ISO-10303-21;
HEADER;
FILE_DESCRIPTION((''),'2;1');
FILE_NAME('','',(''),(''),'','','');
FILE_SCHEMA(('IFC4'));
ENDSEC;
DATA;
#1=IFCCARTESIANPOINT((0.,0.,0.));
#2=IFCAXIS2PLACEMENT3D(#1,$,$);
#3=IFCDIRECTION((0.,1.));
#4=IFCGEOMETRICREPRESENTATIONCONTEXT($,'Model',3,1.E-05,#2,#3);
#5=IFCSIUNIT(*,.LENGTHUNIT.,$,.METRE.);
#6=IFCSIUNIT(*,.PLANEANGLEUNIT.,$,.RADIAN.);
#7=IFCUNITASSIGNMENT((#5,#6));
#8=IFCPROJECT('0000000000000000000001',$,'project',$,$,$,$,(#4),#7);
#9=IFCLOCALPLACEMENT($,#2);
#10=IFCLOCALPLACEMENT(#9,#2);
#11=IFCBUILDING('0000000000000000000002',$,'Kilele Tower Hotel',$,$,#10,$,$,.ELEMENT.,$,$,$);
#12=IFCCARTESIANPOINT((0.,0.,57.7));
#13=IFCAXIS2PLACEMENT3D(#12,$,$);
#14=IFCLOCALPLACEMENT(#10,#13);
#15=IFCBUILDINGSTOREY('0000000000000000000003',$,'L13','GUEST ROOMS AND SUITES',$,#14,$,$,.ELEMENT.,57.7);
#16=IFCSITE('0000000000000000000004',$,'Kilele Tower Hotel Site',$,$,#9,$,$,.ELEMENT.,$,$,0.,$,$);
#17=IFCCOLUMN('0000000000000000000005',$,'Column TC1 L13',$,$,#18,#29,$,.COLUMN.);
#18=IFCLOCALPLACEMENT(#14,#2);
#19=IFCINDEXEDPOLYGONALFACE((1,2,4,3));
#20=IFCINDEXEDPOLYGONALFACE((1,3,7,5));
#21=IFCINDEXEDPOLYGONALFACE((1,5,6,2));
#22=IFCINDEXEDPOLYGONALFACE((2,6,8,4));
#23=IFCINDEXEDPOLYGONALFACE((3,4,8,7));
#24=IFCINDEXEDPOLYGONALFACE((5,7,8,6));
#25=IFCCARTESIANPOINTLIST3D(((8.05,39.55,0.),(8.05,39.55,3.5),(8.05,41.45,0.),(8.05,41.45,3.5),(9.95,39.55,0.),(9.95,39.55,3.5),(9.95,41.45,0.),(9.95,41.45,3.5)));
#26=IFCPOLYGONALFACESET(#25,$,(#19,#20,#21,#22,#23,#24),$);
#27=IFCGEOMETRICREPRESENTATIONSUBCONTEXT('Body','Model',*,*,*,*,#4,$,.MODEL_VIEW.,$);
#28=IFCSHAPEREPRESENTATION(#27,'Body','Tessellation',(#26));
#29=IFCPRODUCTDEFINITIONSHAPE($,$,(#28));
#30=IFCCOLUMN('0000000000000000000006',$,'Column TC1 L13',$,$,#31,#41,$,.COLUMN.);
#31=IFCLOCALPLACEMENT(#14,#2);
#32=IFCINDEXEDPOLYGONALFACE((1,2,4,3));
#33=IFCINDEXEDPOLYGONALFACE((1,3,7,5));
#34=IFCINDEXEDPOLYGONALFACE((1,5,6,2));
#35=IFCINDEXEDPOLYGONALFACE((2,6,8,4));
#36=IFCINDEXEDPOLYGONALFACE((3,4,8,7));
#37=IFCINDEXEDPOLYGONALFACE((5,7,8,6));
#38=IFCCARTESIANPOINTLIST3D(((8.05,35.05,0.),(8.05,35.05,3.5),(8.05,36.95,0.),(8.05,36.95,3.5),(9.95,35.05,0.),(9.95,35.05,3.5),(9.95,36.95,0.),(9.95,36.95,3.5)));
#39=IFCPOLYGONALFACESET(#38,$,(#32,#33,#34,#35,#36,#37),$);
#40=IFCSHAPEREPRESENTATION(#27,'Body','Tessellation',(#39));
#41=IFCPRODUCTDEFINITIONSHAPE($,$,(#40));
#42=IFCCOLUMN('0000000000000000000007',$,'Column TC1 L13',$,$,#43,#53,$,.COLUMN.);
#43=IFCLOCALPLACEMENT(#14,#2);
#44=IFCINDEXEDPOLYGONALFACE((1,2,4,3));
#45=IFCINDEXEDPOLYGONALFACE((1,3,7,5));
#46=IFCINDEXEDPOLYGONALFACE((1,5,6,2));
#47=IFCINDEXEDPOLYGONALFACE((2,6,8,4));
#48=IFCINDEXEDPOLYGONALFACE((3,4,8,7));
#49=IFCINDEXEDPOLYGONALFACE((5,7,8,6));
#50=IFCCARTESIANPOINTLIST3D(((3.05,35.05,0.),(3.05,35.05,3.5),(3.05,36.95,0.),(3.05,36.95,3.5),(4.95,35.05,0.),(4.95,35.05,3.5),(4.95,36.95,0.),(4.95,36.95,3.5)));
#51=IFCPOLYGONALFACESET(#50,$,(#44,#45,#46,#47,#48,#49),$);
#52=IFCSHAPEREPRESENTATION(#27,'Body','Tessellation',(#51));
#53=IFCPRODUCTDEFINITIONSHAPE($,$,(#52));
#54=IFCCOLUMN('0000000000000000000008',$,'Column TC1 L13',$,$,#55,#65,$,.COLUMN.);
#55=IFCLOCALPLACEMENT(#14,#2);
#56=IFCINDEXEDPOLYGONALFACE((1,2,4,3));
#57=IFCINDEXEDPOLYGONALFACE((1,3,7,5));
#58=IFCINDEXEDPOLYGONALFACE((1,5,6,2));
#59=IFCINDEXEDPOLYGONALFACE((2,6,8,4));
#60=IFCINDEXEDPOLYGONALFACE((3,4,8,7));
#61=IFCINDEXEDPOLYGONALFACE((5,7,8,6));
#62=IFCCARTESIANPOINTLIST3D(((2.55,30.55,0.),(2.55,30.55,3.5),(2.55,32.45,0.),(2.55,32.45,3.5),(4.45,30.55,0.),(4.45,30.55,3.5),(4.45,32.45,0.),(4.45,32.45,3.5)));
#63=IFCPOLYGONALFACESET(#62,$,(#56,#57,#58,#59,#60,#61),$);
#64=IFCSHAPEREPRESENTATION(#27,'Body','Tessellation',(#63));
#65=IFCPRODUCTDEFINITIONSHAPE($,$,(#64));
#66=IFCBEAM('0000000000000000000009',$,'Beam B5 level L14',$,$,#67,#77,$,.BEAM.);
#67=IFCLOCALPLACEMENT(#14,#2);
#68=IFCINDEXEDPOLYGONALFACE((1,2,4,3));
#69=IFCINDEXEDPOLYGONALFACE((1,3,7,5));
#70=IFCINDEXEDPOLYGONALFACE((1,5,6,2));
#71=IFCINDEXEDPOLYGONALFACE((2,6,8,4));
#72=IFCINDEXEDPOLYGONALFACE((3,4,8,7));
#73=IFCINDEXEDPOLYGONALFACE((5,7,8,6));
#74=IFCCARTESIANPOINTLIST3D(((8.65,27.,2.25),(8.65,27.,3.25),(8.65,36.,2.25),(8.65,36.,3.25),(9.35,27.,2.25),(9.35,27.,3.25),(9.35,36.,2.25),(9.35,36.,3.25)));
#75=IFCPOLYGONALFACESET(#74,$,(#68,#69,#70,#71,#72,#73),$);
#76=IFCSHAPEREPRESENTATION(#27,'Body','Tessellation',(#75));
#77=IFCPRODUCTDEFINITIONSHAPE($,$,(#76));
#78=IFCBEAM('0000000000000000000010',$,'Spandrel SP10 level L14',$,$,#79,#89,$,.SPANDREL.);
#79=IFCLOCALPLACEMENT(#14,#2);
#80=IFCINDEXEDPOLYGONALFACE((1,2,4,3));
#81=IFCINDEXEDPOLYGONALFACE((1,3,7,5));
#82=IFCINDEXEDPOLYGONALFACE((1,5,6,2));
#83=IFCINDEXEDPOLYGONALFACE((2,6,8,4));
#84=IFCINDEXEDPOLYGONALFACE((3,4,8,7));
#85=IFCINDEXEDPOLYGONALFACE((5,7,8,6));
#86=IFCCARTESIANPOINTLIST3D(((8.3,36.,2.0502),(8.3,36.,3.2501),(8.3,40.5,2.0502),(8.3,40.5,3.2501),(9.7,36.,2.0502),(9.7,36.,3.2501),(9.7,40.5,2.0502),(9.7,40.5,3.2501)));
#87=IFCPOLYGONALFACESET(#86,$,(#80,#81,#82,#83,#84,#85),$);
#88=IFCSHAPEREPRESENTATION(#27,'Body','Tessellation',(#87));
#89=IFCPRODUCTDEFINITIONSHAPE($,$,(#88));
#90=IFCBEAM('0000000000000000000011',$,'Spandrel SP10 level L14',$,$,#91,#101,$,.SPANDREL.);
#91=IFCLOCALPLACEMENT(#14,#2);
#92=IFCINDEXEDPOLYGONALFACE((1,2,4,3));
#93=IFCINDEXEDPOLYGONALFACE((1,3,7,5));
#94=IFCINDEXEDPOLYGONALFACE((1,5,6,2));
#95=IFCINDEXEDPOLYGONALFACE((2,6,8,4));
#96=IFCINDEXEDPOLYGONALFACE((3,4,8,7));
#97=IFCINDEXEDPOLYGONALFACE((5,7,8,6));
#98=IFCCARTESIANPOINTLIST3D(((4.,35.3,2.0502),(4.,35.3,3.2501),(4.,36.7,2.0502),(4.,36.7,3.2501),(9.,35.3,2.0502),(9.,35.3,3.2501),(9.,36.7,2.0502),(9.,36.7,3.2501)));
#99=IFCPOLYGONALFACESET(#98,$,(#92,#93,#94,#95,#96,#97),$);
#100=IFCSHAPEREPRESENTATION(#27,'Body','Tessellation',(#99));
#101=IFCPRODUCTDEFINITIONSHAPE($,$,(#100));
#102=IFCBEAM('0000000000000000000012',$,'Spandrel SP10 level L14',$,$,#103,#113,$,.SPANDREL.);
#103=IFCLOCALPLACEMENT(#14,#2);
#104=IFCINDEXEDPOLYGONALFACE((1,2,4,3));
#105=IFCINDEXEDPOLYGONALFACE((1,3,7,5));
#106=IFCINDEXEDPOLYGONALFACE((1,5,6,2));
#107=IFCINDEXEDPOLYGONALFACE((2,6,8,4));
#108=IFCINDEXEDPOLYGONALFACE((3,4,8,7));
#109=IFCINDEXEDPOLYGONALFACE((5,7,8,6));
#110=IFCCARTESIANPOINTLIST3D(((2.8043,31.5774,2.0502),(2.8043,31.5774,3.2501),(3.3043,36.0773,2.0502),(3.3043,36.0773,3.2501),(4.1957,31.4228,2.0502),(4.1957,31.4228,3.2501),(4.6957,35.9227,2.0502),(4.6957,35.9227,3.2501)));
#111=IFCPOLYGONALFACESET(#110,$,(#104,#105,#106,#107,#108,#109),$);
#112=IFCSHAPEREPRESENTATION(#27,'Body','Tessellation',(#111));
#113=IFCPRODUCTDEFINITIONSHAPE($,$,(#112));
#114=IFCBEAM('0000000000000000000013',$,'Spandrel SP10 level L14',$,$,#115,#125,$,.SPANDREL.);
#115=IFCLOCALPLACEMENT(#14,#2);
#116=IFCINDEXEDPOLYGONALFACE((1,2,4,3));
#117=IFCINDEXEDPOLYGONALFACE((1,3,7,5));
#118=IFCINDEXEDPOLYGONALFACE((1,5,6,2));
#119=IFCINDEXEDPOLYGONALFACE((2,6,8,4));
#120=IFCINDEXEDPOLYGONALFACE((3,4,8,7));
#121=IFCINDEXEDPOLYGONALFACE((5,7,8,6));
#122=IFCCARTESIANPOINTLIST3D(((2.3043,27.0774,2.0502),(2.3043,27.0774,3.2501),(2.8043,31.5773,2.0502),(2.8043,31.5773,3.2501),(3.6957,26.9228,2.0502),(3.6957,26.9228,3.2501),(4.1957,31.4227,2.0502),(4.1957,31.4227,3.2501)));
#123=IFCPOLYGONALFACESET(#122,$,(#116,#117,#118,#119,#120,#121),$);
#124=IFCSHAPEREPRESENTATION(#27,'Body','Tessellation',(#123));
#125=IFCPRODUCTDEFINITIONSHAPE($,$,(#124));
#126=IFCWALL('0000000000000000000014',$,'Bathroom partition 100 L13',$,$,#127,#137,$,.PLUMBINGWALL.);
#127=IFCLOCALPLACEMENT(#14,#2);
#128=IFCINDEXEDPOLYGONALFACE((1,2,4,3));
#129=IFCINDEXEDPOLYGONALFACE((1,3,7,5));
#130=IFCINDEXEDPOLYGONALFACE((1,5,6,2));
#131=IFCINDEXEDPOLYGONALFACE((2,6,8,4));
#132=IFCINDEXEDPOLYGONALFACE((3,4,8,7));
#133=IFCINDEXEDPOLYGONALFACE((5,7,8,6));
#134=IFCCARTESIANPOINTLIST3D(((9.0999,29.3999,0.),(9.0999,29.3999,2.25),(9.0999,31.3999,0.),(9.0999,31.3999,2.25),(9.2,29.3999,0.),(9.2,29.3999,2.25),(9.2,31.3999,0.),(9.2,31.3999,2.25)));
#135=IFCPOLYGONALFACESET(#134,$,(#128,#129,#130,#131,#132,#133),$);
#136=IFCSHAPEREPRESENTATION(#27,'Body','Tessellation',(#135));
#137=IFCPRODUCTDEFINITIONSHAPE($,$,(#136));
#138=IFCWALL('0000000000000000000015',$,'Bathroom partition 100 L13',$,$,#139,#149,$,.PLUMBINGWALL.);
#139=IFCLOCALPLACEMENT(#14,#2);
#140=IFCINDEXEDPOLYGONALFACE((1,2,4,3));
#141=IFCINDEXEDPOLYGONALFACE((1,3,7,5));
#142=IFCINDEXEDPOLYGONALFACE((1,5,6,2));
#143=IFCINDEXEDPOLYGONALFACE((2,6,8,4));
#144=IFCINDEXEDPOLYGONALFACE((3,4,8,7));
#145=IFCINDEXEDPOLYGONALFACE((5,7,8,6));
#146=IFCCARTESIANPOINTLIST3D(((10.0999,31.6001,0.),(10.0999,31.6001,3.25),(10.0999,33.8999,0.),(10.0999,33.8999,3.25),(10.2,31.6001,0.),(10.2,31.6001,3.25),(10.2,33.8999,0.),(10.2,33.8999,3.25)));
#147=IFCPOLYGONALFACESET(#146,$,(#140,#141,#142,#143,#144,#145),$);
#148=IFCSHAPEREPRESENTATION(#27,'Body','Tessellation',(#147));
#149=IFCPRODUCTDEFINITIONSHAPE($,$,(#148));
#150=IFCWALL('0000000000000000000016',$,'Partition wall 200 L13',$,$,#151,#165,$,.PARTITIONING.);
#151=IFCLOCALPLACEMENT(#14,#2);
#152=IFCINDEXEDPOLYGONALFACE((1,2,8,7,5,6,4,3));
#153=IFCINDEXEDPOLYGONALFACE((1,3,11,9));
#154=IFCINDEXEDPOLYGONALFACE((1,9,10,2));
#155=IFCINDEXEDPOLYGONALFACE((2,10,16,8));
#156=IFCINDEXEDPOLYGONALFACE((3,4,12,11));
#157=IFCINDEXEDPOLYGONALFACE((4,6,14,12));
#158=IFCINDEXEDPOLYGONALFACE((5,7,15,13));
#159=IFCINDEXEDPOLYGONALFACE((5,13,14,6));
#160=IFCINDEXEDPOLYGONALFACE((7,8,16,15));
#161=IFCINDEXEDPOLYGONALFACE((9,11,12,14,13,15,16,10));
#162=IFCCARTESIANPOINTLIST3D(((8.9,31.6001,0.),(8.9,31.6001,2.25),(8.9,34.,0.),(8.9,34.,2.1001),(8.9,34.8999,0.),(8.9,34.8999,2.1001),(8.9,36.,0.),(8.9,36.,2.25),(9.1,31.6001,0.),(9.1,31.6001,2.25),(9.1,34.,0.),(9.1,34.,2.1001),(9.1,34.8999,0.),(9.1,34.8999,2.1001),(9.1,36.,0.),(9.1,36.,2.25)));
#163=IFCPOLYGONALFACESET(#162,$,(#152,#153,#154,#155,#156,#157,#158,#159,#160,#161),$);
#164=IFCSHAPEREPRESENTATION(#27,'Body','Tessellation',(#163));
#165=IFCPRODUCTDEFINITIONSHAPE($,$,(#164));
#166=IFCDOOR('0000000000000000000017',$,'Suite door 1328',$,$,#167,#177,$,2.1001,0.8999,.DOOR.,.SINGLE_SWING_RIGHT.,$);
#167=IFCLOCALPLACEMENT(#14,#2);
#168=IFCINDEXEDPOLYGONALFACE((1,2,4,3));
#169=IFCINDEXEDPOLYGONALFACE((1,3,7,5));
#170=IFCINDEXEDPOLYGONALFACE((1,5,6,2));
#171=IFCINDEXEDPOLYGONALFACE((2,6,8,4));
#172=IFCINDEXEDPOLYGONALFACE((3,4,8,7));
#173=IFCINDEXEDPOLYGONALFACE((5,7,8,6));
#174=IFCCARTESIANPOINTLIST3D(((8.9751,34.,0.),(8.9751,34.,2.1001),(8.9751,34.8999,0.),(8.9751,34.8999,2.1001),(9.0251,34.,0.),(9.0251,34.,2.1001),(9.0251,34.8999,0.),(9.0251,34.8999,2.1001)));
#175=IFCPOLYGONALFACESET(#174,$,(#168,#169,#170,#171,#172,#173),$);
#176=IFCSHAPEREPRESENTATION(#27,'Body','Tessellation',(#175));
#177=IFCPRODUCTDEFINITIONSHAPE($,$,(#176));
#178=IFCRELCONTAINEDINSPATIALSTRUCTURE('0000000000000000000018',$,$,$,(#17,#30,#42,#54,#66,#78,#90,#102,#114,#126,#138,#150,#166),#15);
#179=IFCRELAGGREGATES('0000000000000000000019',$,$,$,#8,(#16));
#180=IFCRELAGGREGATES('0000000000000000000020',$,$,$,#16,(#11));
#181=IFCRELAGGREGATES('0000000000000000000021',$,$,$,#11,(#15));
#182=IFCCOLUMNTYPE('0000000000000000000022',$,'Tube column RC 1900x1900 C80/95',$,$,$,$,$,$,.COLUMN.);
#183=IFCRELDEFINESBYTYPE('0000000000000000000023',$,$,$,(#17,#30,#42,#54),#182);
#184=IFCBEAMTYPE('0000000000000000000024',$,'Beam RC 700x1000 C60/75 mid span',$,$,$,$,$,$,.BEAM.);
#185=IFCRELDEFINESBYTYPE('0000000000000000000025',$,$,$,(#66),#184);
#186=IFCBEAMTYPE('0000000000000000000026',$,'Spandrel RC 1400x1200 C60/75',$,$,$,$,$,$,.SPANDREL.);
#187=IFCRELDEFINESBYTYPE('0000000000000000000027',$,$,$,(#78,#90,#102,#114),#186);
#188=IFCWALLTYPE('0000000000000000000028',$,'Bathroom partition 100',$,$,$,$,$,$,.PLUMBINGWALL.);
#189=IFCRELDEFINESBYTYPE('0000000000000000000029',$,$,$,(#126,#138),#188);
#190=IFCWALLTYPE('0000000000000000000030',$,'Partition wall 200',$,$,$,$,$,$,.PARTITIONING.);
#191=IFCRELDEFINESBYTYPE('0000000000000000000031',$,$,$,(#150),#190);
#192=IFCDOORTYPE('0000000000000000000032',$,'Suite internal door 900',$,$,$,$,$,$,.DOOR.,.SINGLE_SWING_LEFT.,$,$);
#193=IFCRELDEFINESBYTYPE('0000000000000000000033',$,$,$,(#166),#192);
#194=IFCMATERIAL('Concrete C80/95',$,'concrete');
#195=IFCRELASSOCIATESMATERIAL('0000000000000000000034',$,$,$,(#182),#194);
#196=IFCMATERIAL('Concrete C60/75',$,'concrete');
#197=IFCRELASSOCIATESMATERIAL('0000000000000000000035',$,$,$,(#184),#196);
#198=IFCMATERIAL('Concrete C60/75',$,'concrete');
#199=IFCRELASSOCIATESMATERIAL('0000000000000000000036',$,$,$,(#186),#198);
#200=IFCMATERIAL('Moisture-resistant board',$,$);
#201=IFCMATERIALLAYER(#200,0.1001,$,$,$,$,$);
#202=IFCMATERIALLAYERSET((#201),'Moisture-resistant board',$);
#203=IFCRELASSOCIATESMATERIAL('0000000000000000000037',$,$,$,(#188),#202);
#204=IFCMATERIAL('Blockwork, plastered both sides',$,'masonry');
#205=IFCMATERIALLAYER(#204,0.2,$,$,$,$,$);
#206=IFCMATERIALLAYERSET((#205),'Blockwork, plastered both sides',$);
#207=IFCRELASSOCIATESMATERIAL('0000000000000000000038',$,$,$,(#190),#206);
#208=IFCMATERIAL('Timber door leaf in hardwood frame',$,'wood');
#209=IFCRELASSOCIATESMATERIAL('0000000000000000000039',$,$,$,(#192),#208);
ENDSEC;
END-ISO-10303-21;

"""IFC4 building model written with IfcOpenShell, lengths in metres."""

from ifc_helpers import new_model, si_unit, direction, frame, frame_2d, origin, origin_2d, place, context, subcontext, project, spatial, rectangle, extrude, material, layer, layer_set, material_profile, profile_set, type_object, element, fill, save


model = new_model("IFC4")

# Units and contexts
model_context = context("Model", 3, precision=1e-05, world=origin(), true_north=direction((0.0, 1.0)))
body_context = subcontext(model_context, "Body", "Model", "MODEL_VIEW")
ifc_project = project(units=[si_unit("LENGTHUNIT", "METRE"), si_unit("PLANEANGLEUNIT", "RADIAN")], contexts=[model_context])

# Site, building, storey
site_placement = place(None, origin())
site = spatial("IfcSite", under=ifc_project, at=site_placement, Name="Kilele Tower Hotel Site", CompositionType="ELEMENT", RefElevation=0.0)
building_placement = place(site_placement, origin())
building = spatial("IfcBuilding", under=site, at=building_placement, Name="Kilele Tower Hotel", CompositionType="ELEMENT")
storey_placement = place(building_placement, frame((0.0, 0.0, 57.7)))
storey = spatial("IfcBuildingStorey", under=building, at=storey_placement, Name="L13", Description="GUEST ROOMS AND SUITES", CompositionType="ELEMENT", Elevation=57.7)

# Columns
ifc_material_1 = material(Name="Concrete C80/95", Category="concrete")
ifc_material_profile_1 = material_profile(ifc_material_1, rectangle(XDim=1.8999, YDim=1.8999, at=origin_2d()))
ifc_profile_set_1 = profile_set([ifc_material_profile_1], Name="Concrete C80/95")
column_type = type_object("IfcColumnType", Name="Tube column RC 1900x1900 C80/95", PredefinedType="COLUMN", material=ifc_profile_set_1)
for number, where, z_axis, x_axis, name in (
    (1, (9.0, 40.5, 0.0), (0.0, 0.0, 1.0), (1.0, 0.0, 0.0), "Column TC1 L13"),
    (2, (9.0, 36.0, 0.0), (0.0, 0.0, 1.0), (1.0, 0.0, 0.0), "Column TC1 L13"),
    (3, (4.0, 36.0, 0.0), (0.0, 0.0, 1.0), (1.0, 0.0, 0.0), "Column TC1 L13"),
    (4, (3.5, 31.5, 0.0), (0.0, 0.0, 1.0), (1.0, 0.0, 0.0), "Column TC1 L13"),
):
    element("IfcColumn", number, at=place(storey_placement, frame(where, z_axis=z_axis, x_axis=x_axis)), inside=storey, type_object=column_type, Name=name, PredefinedType="COLUMN", context=body_context, shape_type="SweptSolid", body=[
        extrude(rectangle(XDim=1.8999, YDim=1.8999, at=origin_2d()), origin(), (0.0, 0.0, 1.0), 3.5),
    ])

# Beams
ifc_material_2 = material(Name="Concrete C60/75", Category="concrete")
ifc_material_profile_2 = material_profile(ifc_material_2, rectangle(XDim=0.7, YDim=1.0, at=origin_2d()))
ifc_profile_set_2 = profile_set([ifc_material_profile_2], Name="Concrete C60/75")
beam_type_1 = type_object("IfcBeamType", Name="Beam RC 700x1000 C60/75 mid span", PredefinedType="BEAM", material=ifc_profile_set_2)
beam_1_placement = place(storey_placement, frame((9.0, 36.0, 2.75), z_axis=(0.0, -1.0, 0.0), x_axis=(1.0, 0.0, 0.0)))
element("IfcBeam", 5, at=beam_1_placement, inside=storey, type_object=beam_type_1, Name="Beam B5 level L14", PredefinedType="BEAM", context=body_context, shape_type="SweptSolid", body=[
    extrude(rectangle(XDim=0.7, YDim=1.0, at=origin_2d()), origin(), (0.0, 0.0, 1.0), 9.0),
])
ifc_material_3 = material(Name="Concrete C60/75", Category="concrete")
ifc_material_profile_3 = material_profile(ifc_material_3, rectangle(XDim=1.3999, YDim=1.2, at=origin_2d()))
ifc_profile_set_3 = profile_set([ifc_material_profile_3], Name="Concrete C60/75")
beam_type_2 = type_object("IfcBeamType", Name="Spandrel RC 1400x1200 C60/75", PredefinedType="SPANDREL", material=ifc_profile_set_3)
beam_2_placement = place(storey_placement, frame((9.0, 40.5, 2.6501), z_axis=(0.0, -1.0, 0.0), x_axis=(1.0, 0.0, 0.0)))
element("IfcBeam", 6, at=beam_2_placement, inside=storey, type_object=beam_type_2, Name="Spandrel SP10 level L14", PredefinedType="SPANDREL", context=body_context, shape_type="SweptSolid", body=[
    extrude(rectangle(XDim=1.3999, YDim=1.2, at=origin_2d()), origin(), (0.0, 0.0, 1.0), 4.5),
])
beam_3_placement = place(storey_placement, frame((9.0, 36.0, 2.6501), z_axis=(-1.0, 0.0, 0.0), x_axis=(0.0, -1.0, 0.0)))
element("IfcBeam", 7, at=beam_3_placement, inside=storey, type_object=beam_type_2, Name="Spandrel SP10 level L14", PredefinedType="SPANDREL", context=body_context, shape_type="SweptSolid", body=[
    extrude(rectangle(XDim=1.3999, YDim=1.2, at=origin_2d()), origin(), (0.0, 0.0, 1.0), 5.0),
])
for number, where, z_axis, x_axis, name in (
    (8, (4.0, 36.0, 2.6501), (-0.110432, -0.993884, 0.0), (0.993884, -0.110432, 0.0), "Spandrel SP10 level L14"),
    (9, (3.5, 31.5, 2.6501), (-0.110432, -0.993884, 0.0), (0.993884, -0.110432, 0.0), "Spandrel SP10 level L14"),
):
    element("IfcBeam", number, at=place(storey_placement, frame(where, z_axis=z_axis, x_axis=x_axis)), inside=storey, type_object=beam_type_2, Name=name, PredefinedType="SPANDREL", context=body_context, shape_type="SweptSolid", body=[
        extrude(rectangle(XDim=1.3999, YDim=1.2, at=origin_2d()), origin(), (0.0, 0.0, 1.0), 4.5276),
    ])

# Walls
ifc_material_4 = material(Name="Moisture-resistant board")
ifc_layer_1 = layer(ifc_material_4, 0.1001)
ifc_layer_set_1 = layer_set([ifc_layer_1], Name="Moisture-resistant board")
wall_type_1 = type_object("IfcWallType", Name="Bathroom partition 100", PredefinedType="PLUMBINGWALL", material=ifc_layer_set_1)
wall_1_placement = place(storey_placement, frame((9.1499, 31.3999, 0.0), z_axis=(0.0, 0.0, 1.0), x_axis=(0.0, -1.0, 0.0)))
element("IfcWall", 10, at=wall_1_placement, inside=storey, type_object=wall_type_1, Name="Bathroom partition 100 L13", PredefinedType="PLUMBINGWALL", context=body_context, shape_type="SweptSolid", body=[
    extrude(rectangle(XDim=2.0, YDim=0.1001, at=frame_2d((1.0, 0.0))), origin(), (0.0, 0.0, 1.0), 2.25),
])
wall_2_placement = place(storey_placement, frame((10.1499, 31.6001, 0.0), z_axis=(0.0, 0.0, 1.0), x_axis=(0.0, 1.0, 0.0)))
element("IfcWall", 11, at=wall_2_placement, inside=storey, type_object=wall_type_1, Name="Bathroom partition 100 L13", PredefinedType="PLUMBINGWALL", context=body_context, shape_type="SweptSolid", body=[
    extrude(rectangle(XDim=2.2998, YDim=0.1001, at=frame_2d((1.1499, 0.0))), origin(), (0.0, 0.0, 1.0), 3.25),
])

# Wall, opening, door
ifc_material_5 = material(Name="Blockwork, plastered both sides", Category="masonry")
ifc_layer_2 = layer(ifc_material_5, 0.2)
ifc_layer_set_2 = layer_set([ifc_layer_2], Name="Blockwork, plastered both sides")
wall_type_2 = type_object("IfcWallType", Name="Partition wall 200", PredefinedType="PARTITIONING", material=ifc_layer_set_2)
wall_3_placement = place(storey_placement, frame((9.0, 31.6001, 0.0), z_axis=(0.0, 0.0, 1.0), x_axis=(0.0, 1.0, 0.0)))
wall_3 = element("IfcWall", 12, at=wall_3_placement, inside=storey, type_object=wall_type_2, Name="Partition wall 200 L13", PredefinedType="PARTITIONING", context=body_context, shape_type="SweptSolid", body=[
    extrude(rectangle(XDim=4.3999, YDim=0.2, at=frame_2d((2.2, 0.0))), origin(), (0.0, 0.0, 1.0), 2.25),
])
opening_1_placement = place(wall_3_placement, frame((2.3999, 0.0, 0.0)))
opening_1 = element("IfcOpeningElement", 13, at=opening_1_placement, cuts=wall_3, PredefinedType="OPENING", context=body_context, shape_type="SweptSolid", body=[
    extrude(rectangle(XDim=0.8999, YDim=2.1001, at=frame_2d((0.45, 1.05))), frame((0.0, 0.1099, 0.0), z_axis=(0.0, -1.0, 0.0), x_axis=(1.0, 0.0, 0.0)), (0.0, 0.0, 1.0), 0.22),
])
ifc_material_6 = material(Name="Timber door leaf in hardwood frame", Category="wood")
door_type = type_object("IfcDoorType", Name="Suite internal door 900", OperationType="SINGLE_SWING_LEFT", PredefinedType="DOOR", material=ifc_material_6)
door_placement = place(opening_1_placement, origin())
door = element("IfcDoor", 14, at=door_placement, inside=storey, type_object=door_type, Name="Suite door 1328", OperationType="SINGLE_SWING_RIGHT", OverallHeight=2.1001, OverallWidth=0.8999, PredefinedType="DOOR", context=body_context, shape_type="SweptSolid", body=[
    extrude(rectangle(XDim=0.8999, YDim=2.1001, at=frame_2d((0.45, 1.05))), frame((0.0, 0.0249, 0.0), z_axis=(0.0, -1.0, 0.0), x_axis=(1.0, 0.0, 0.0)), (0.0, 0.0, 1.0), 0.05),
])
fill(opening_1, door)

save(model, "model.ifc")
